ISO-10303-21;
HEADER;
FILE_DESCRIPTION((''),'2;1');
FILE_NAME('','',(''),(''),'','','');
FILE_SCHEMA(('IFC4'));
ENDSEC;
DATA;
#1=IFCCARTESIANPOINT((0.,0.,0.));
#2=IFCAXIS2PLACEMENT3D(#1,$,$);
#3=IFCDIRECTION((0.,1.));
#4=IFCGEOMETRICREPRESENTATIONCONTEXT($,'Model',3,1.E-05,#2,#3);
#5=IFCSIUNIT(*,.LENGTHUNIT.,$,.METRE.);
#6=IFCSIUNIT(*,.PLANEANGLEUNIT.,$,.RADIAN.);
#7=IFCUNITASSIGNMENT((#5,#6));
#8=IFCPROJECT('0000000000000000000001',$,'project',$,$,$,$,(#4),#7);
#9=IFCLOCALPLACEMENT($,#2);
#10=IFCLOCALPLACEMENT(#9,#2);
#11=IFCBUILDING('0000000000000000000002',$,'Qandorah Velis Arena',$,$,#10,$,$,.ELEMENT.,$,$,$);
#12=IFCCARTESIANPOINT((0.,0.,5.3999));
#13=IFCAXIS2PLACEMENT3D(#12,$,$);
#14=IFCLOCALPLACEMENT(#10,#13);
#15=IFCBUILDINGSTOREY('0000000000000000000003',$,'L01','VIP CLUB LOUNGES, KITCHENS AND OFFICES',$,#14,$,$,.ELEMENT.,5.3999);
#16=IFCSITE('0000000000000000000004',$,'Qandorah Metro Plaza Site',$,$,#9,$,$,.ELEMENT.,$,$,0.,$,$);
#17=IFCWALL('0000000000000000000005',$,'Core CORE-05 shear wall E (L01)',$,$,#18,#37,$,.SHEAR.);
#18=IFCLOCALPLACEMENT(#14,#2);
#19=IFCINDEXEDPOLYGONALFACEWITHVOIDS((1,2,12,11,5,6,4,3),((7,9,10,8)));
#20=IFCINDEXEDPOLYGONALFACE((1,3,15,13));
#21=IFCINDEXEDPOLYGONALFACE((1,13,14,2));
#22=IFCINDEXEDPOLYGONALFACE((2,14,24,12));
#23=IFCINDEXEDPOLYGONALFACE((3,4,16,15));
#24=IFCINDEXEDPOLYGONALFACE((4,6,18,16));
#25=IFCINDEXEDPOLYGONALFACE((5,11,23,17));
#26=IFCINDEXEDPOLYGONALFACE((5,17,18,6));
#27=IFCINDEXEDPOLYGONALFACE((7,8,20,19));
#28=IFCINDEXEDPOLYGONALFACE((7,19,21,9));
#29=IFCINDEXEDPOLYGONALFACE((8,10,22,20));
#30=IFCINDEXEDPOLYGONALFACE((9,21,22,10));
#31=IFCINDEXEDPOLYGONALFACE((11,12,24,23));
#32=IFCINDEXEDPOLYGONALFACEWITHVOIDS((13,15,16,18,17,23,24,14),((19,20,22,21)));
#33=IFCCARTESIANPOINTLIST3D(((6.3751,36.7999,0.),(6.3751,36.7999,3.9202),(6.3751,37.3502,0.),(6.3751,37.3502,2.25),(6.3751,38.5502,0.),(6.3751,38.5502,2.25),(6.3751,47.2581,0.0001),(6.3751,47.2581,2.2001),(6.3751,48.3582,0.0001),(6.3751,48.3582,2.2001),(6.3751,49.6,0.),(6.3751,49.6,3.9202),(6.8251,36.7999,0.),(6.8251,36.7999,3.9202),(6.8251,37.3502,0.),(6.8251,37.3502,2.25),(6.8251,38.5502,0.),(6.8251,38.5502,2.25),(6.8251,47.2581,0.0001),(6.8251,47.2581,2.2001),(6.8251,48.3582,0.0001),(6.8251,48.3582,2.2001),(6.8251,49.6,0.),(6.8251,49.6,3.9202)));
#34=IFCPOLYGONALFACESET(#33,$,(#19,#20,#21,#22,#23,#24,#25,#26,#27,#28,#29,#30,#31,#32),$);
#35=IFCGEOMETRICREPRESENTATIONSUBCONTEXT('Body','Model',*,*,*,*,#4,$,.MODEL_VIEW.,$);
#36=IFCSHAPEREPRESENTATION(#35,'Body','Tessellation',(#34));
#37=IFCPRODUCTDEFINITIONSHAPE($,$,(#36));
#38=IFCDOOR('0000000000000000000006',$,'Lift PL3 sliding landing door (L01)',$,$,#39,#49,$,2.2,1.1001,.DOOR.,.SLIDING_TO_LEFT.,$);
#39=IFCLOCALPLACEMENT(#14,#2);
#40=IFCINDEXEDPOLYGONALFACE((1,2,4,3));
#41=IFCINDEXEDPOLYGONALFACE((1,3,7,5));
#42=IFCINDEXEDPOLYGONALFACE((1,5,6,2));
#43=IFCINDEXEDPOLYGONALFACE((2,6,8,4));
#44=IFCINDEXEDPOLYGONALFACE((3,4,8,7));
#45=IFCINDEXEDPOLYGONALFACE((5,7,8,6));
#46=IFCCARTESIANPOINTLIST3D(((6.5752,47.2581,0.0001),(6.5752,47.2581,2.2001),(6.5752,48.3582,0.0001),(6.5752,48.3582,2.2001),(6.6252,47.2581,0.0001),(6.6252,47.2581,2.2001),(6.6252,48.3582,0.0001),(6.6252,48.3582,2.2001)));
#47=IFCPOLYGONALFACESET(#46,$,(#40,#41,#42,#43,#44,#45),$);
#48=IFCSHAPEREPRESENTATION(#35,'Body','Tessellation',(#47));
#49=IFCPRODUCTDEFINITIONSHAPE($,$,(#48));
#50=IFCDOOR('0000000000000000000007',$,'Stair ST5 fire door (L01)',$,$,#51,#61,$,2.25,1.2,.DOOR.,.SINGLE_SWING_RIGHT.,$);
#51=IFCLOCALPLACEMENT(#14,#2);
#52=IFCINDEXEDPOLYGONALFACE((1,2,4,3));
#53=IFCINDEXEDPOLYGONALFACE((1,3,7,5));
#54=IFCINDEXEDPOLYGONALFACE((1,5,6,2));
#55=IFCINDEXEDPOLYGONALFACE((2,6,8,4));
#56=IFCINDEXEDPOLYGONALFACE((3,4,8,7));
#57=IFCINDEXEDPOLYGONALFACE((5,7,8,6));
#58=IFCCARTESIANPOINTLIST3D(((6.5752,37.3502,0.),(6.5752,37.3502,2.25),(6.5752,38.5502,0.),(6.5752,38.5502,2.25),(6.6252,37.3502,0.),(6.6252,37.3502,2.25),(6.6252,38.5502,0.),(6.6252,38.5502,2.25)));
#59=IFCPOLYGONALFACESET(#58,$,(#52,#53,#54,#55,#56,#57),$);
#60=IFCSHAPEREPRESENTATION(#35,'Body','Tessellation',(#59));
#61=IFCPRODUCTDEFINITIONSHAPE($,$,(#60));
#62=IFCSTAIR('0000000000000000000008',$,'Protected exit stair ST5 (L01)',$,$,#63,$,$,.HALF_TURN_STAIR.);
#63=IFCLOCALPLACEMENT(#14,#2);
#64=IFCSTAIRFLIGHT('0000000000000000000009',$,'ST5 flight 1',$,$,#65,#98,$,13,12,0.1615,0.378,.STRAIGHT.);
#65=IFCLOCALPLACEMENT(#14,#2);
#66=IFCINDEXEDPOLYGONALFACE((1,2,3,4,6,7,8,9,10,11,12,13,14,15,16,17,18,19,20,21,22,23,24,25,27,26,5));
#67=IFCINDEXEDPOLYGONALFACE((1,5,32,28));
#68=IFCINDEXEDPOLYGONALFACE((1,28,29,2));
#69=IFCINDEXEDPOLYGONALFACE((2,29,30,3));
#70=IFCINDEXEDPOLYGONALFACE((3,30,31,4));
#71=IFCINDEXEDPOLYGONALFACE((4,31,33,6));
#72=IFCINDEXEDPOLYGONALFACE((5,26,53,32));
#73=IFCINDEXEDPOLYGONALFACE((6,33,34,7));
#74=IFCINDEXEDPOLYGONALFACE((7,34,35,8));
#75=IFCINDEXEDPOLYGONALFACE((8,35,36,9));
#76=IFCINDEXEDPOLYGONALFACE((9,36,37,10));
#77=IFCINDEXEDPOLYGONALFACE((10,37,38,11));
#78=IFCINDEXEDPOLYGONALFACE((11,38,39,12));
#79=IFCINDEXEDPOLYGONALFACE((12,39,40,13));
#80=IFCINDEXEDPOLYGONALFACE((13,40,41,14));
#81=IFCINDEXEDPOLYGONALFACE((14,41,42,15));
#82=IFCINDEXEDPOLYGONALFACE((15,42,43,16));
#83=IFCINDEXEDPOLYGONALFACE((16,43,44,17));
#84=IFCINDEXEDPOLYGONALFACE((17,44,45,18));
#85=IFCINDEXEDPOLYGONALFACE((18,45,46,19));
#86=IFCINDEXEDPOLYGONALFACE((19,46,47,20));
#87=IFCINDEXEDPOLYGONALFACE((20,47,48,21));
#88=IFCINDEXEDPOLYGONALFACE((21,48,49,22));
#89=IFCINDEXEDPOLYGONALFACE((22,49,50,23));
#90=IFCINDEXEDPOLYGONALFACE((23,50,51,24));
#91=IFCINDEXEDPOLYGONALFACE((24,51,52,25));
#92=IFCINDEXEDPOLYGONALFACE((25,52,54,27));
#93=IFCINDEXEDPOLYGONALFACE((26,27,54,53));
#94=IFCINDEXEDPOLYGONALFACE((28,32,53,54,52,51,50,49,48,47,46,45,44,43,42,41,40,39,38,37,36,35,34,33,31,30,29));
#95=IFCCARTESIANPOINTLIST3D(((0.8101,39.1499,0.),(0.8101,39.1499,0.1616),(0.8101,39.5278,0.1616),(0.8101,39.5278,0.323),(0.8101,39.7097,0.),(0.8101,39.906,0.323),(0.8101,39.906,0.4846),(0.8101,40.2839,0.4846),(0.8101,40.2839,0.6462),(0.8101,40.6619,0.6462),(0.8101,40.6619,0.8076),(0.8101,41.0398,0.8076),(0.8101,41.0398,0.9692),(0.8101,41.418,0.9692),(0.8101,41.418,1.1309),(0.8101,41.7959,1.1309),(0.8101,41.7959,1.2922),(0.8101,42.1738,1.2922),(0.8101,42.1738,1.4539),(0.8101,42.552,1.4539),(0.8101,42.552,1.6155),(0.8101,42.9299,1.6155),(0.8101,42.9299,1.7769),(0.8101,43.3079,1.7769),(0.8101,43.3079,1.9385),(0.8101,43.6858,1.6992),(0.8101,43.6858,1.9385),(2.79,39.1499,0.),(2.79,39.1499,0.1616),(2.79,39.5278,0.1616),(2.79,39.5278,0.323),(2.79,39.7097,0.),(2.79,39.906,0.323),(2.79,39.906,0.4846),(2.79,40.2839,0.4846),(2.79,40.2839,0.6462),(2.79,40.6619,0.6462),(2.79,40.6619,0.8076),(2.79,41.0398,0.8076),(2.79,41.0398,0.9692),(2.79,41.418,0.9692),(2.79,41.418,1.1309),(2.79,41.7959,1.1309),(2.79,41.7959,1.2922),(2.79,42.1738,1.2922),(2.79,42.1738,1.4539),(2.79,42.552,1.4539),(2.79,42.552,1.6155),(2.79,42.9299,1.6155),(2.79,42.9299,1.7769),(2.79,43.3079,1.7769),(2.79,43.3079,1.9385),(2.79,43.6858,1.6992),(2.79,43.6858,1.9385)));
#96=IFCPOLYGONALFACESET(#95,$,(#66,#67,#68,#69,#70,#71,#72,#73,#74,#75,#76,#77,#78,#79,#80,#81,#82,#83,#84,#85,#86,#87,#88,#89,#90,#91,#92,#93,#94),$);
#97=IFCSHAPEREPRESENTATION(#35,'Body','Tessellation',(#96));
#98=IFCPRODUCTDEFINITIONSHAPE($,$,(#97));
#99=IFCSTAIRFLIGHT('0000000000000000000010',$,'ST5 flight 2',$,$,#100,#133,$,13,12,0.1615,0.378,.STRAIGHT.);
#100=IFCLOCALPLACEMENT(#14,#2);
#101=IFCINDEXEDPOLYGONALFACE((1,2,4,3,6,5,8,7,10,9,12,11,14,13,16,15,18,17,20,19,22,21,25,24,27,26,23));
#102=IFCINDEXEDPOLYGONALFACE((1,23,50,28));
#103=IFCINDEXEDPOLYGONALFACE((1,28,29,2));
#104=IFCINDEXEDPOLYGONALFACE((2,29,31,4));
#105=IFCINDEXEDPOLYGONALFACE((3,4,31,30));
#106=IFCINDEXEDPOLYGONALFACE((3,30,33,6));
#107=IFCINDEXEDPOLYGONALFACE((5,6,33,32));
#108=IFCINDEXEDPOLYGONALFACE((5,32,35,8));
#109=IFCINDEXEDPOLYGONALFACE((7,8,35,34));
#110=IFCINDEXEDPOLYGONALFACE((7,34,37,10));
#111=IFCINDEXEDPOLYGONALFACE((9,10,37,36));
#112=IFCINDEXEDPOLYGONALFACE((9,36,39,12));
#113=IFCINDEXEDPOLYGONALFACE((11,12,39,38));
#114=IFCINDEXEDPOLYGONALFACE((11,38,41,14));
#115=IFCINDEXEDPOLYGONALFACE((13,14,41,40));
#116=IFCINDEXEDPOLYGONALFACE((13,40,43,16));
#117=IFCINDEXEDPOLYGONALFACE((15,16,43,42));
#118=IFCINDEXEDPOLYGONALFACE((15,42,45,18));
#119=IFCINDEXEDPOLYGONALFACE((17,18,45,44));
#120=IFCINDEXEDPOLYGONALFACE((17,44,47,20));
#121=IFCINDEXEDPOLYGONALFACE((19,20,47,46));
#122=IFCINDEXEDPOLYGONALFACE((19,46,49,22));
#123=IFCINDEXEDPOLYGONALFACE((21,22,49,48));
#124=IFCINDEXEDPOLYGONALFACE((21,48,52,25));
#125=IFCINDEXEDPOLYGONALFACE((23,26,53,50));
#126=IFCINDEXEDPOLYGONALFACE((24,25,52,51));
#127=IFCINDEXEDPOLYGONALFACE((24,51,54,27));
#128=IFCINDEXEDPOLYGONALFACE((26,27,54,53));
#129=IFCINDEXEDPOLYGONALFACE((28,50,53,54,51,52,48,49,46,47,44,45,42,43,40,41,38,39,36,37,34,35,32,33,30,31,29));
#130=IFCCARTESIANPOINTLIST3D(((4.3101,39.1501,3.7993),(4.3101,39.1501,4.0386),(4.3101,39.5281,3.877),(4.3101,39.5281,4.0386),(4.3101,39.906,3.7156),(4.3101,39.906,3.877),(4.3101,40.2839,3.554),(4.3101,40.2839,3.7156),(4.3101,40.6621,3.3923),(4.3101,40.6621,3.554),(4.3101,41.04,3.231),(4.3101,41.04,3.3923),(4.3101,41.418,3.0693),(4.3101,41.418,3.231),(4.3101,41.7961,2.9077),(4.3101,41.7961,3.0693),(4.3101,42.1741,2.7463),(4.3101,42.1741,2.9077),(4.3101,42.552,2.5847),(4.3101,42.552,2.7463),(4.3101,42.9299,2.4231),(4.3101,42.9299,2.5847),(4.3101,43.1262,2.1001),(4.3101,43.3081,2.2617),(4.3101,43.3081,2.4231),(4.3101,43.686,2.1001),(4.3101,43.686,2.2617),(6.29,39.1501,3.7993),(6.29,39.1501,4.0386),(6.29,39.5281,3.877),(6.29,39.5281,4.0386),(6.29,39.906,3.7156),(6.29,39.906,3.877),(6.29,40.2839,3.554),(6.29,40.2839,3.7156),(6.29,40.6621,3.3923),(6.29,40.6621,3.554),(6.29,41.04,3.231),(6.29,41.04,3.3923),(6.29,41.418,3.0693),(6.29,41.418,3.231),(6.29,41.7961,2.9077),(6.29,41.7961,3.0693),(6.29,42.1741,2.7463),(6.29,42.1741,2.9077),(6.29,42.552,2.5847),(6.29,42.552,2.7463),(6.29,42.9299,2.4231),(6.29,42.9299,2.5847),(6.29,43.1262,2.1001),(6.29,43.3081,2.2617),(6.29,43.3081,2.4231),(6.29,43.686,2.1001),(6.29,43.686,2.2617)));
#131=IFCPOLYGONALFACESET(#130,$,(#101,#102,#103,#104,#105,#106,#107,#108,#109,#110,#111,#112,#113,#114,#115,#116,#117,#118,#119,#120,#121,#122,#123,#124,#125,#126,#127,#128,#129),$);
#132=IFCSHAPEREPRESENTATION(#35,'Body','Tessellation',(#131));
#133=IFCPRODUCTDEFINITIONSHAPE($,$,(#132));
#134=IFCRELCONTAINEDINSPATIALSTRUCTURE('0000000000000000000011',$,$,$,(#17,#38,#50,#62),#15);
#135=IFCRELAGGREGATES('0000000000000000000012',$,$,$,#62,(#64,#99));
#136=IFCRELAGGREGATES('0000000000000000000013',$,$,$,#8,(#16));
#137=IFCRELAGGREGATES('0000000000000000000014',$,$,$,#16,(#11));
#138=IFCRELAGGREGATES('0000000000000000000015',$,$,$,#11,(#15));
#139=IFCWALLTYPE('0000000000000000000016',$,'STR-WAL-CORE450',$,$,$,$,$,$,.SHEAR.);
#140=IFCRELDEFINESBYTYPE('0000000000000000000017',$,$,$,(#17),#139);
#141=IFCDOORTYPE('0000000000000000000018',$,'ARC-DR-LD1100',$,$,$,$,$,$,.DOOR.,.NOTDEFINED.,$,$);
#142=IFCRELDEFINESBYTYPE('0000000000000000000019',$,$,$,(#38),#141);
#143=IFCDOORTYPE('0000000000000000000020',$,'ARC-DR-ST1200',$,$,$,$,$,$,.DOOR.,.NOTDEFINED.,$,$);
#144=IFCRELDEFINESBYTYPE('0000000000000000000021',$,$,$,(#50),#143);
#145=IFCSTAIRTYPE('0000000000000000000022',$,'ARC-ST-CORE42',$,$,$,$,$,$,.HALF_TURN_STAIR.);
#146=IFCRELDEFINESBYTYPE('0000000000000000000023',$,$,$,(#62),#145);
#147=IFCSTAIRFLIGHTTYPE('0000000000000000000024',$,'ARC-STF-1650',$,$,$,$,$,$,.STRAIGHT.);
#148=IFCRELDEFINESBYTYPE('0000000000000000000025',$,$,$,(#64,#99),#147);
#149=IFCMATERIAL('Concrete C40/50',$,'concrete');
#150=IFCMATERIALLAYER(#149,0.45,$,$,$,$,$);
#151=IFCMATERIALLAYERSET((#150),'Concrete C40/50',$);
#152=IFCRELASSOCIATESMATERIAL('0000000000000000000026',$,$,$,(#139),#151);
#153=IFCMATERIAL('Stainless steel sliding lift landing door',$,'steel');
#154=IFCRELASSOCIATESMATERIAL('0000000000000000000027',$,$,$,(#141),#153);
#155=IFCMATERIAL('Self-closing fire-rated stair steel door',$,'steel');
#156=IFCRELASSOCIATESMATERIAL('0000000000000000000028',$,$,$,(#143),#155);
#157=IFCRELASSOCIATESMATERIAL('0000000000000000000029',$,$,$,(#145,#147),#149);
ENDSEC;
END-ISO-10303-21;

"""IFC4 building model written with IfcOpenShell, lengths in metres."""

from ifc_helpers import new_model, si_unit, direction, frame, frame_2d, origin, place, context, subcontext, project, spatial, polyline, rectangle, outline, extrude, material, layer, layer_set, type_object, element, fill, aggregate, save


model = new_model("IFC4")

# Units and contexts
model_context = context("Model", 3, precision=1e-05, world=origin(), true_north=direction((0.0, 1.0)))
body_context = subcontext(model_context, "Body", "Model", "MODEL_VIEW")
ifc_project = project(units=[si_unit("LENGTHUNIT", "METRE"), si_unit("PLANEANGLEUNIT", "RADIAN")], contexts=[model_context])

# Site, building, storey
site_placement = place(None, origin())
site = spatial("IfcSite", under=ifc_project, at=site_placement, Name="Qandorah Metro Plaza Site", CompositionType="ELEMENT", RefElevation=0.0)
building_placement = place(site_placement, origin())
building = spatial("IfcBuilding", under=site, at=building_placement, Name="Qandorah Velis Arena", CompositionType="ELEMENT")
storey_placement = place(building_placement, frame((0.0, 0.0, 5.3999)))
storey = spatial("IfcBuildingStorey", under=building, at=storey_placement, Name="L01", Description="VIP CLUB LOUNGES, KITCHENS AND OFFICES", CompositionType="ELEMENT", Elevation=5.3999)

# Shared definitions
ifc_material_1 = material(Name="Concrete C40/50", Category="concrete")

# Wall, openings, doors
ifc_layer_1 = layer(ifc_material_1, 0.45)
ifc_layer_set_1 = layer_set([ifc_layer_1], Name="Concrete C40/50")
wall_type_1 = type_object("IfcWallType", Name="STR-WAL-CORE450", PredefinedType="SHEAR", material=ifc_layer_set_1)
wall_1_placement = place(storey_placement, frame((6.6001, 36.8, 0.0), z_axis=(0.0, 0.0, 1.0), x_axis=(0.0, 1.0, 0.0)))
wall_1 = element("IfcWall", 1, at=wall_1_placement, inside=storey, type_object=wall_type_1, Name="Core CORE-05 shear wall E (L01)", PredefinedType="SHEAR", context=body_context, shape_type="SweptSolid", body=[
    extrude(rectangle(XDim=12.8, YDim=0.45, at=frame_2d((6.3999, 0.0))), origin(), (0.0, 0.0, 1.0), 3.9202),
])
opening_1_placement = place(wall_1_placement, frame((0.55, 0.0, 0.0)))
opening_1 = element("IfcOpeningElement", 2, at=opening_1_placement, cuts=wall_1, PredefinedType="OPENING", context=body_context, shape_type="SweptSolid", body=[
    extrude(rectangle(XDim=1.2, YDim=2.25, at=frame_2d((0.6001, 1.125))), frame((0.0, 0.2349, 0.0), z_axis=(0.0, -1.0, 0.0), x_axis=(1.0, 0.0, 0.0)), (0.0, 0.0, 1.0), 0.47),
])
opening_2_placement = place(wall_1_placement, frame((10.458, 0.0, 0.0)))
opening_2 = element("IfcOpeningElement", 3, at=opening_2_placement, cuts=wall_1, PredefinedType="OPENING", context=body_context, shape_type="SweptSolid", body=[
    extrude(rectangle(XDim=1.1001, YDim=2.2, at=frame_2d((0.55, 1.1001))), frame((0.0, 0.2349, 0.0), z_axis=(0.0, -1.0, 0.0), x_axis=(1.0, 0.0, 0.0)), (0.0, 0.0, 1.0), 0.47),
])
ifc_material_2 = material(Name="Stainless steel sliding lift landing door", Category="steel")
door_type_1 = type_object("IfcDoorType", Name="ARC-DR-LD1100", OperationType="NOTDEFINED", PredefinedType="DOOR", material=ifc_material_2)
door_1_placement = place(opening_2_placement, origin())
door_1 = element("IfcDoor", 4, at=door_1_placement, inside=storey, type_object=door_type_1, Name="Lift PL3 sliding landing door (L01)", OperationType="SLIDING_TO_LEFT", OverallHeight=2.2, OverallWidth=1.1001, PredefinedType="DOOR", context=body_context, shape_type="SweptSolid", body=[
    extrude(rectangle(XDim=1.1001, YDim=2.2, at=frame_2d((0.55, 1.1001))), frame((0.0, 0.0249, 0.0), z_axis=(0.0, -1.0, 0.0), x_axis=(1.0, 0.0, 0.0)), (0.0, 0.0, 1.0), 0.05),
])
fill(opening_2, door_1)
ifc_material_3 = material(Name="Self-closing fire-rated stair steel door", Category="steel")
door_type_2 = type_object("IfcDoorType", Name="ARC-DR-ST1200", OperationType="NOTDEFINED", PredefinedType="DOOR", material=ifc_material_3)
door_2_placement = place(opening_1_placement, origin())
door_2 = element("IfcDoor", 5, at=door_2_placement, inside=storey, type_object=door_type_2, Name="Stair ST5 fire door (L01)", OperationType="SINGLE_SWING_RIGHT", OverallHeight=2.25, OverallWidth=1.2, PredefinedType="DOOR", context=body_context, shape_type="SweptSolid", body=[
    extrude(rectangle(XDim=1.2, YDim=2.25, at=frame_2d((0.6001, 1.125))), frame((0.0, 0.0249, 0.0), z_axis=(0.0, -1.0, 0.0), x_axis=(1.0, 0.0, 0.0)), (0.0, 0.0, 1.0), 0.05),
])
fill(opening_1, door_2)

# Stair, stair flights
stair_type = type_object("IfcStairType", Name="ARC-ST-CORE42", PredefinedType="HALF_TURN_STAIR", material=ifc_material_1)
stair_placement = place(storey_placement, origin())
stair = element("IfcStair", 6, at=stair_placement, inside=storey, type_object=stair_type, Name="Protected exit stair ST5 (L01)", PredefinedType="HALF_TURN_STAIR")
stair_flight_type = type_object("IfcStairFlightType", Name="ARC-STF-1650", PredefinedType="STRAIGHT", material=ifc_material_1)
stair_flight_1_placement = place(storey_placement, frame((1.8, 39.1499, 0.0), z_axis=(0.0, 0.0, 1.0), x_axis=(0.0, 1.0, 0.0)))
stair_flight_1 = element("IfcStairFlight", 7, at=stair_flight_1_placement, type_object=stair_flight_type, Name="ST5 flight 1", NumberOfRisers=13, NumberOfTreads=12, PredefinedType="STRAIGHT", RiserHeight=0.1615, TreadLength=0.378, context=body_context, shape_type="SweptSolid", body=[
    extrude(outline(polyline([(0.0, 0.0), (0.0, 0.1616), (0.3779, 0.1616), (0.3779, 0.323), (0.7561, 0.323), (0.7561, 0.4846), (1.134, 0.4846), (1.134, 0.6462), (1.512, 0.6462), (1.512, 0.8076), (1.8899, 0.8076), (1.8899, 0.9692), (2.2681, 0.9692), (2.2681, 1.1309), (2.646, 1.1309), (2.646, 1.2922), (3.0239, 1.2922), (3.0239, 1.4539), (3.4021, 1.4539), (3.4021, 1.6155), (3.78, 1.6155), (3.78, 1.7769), (4.158, 1.7769), (4.158, 1.9385), (4.5359, 1.9385), (4.5359, 2.1001), (4.5359, 1.6992), (0.5598, 0.0), (0.0, 0.0)])), frame((0.0, 0.99, 0.0), z_axis=(0.0, -1.0, 0.0), x_axis=(1.0, 0.0, 0.0)), (0.0, 0.0, 1.0), 1.98),
])
stair_flight_2_placement = place(storey_placement, frame((5.3, 43.686, 2.1001), z_axis=(0.0, 0.0, 1.0), x_axis=(0.0, -1.0, 0.0)))
stair_flight_2 = element("IfcStairFlight", 8, at=stair_flight_2_placement, type_object=stair_flight_type, Name="ST5 flight 2", NumberOfRisers=13, NumberOfTreads=12, PredefinedType="STRAIGHT", RiserHeight=0.1615, TreadLength=0.378, context=body_context, shape_type="SweptSolid", body=[
    extrude(outline(polyline([(0.0, 0.0), (0.0, 0.1616), (0.3779, 0.1616), (0.3779, 0.323), (0.7561, 0.323), (0.7561, 0.4846), (1.134, 0.4846), (1.134, 0.6462), (1.512, 0.6462), (1.512, 0.8076), (1.8899, 0.8076), (1.8899, 0.9692), (2.2681, 0.9692), (2.2681, 1.1309), (2.646, 1.1309), (2.646, 1.2922), (3.0239, 1.2922), (3.0239, 1.4539), (3.4021, 1.4539), (3.4021, 1.6155), (3.78, 1.6155), (3.78, 1.7769), (4.158, 1.7769), (4.158, 1.9385), (4.5359, 1.9385), (4.5359, 2.1001), (4.5359, 1.6992), (0.5598, 0.0), (0.0, 0.0)])), frame((0.0, 0.99, 0.0), z_axis=(0.0, -1.0, 0.0), x_axis=(1.0, 0.0, 0.0)), (0.0, 0.0, 1.0), 1.98),
])
aggregate(stair, [stair_flight_1, stair_flight_2])

save(model, "model.ifc")
